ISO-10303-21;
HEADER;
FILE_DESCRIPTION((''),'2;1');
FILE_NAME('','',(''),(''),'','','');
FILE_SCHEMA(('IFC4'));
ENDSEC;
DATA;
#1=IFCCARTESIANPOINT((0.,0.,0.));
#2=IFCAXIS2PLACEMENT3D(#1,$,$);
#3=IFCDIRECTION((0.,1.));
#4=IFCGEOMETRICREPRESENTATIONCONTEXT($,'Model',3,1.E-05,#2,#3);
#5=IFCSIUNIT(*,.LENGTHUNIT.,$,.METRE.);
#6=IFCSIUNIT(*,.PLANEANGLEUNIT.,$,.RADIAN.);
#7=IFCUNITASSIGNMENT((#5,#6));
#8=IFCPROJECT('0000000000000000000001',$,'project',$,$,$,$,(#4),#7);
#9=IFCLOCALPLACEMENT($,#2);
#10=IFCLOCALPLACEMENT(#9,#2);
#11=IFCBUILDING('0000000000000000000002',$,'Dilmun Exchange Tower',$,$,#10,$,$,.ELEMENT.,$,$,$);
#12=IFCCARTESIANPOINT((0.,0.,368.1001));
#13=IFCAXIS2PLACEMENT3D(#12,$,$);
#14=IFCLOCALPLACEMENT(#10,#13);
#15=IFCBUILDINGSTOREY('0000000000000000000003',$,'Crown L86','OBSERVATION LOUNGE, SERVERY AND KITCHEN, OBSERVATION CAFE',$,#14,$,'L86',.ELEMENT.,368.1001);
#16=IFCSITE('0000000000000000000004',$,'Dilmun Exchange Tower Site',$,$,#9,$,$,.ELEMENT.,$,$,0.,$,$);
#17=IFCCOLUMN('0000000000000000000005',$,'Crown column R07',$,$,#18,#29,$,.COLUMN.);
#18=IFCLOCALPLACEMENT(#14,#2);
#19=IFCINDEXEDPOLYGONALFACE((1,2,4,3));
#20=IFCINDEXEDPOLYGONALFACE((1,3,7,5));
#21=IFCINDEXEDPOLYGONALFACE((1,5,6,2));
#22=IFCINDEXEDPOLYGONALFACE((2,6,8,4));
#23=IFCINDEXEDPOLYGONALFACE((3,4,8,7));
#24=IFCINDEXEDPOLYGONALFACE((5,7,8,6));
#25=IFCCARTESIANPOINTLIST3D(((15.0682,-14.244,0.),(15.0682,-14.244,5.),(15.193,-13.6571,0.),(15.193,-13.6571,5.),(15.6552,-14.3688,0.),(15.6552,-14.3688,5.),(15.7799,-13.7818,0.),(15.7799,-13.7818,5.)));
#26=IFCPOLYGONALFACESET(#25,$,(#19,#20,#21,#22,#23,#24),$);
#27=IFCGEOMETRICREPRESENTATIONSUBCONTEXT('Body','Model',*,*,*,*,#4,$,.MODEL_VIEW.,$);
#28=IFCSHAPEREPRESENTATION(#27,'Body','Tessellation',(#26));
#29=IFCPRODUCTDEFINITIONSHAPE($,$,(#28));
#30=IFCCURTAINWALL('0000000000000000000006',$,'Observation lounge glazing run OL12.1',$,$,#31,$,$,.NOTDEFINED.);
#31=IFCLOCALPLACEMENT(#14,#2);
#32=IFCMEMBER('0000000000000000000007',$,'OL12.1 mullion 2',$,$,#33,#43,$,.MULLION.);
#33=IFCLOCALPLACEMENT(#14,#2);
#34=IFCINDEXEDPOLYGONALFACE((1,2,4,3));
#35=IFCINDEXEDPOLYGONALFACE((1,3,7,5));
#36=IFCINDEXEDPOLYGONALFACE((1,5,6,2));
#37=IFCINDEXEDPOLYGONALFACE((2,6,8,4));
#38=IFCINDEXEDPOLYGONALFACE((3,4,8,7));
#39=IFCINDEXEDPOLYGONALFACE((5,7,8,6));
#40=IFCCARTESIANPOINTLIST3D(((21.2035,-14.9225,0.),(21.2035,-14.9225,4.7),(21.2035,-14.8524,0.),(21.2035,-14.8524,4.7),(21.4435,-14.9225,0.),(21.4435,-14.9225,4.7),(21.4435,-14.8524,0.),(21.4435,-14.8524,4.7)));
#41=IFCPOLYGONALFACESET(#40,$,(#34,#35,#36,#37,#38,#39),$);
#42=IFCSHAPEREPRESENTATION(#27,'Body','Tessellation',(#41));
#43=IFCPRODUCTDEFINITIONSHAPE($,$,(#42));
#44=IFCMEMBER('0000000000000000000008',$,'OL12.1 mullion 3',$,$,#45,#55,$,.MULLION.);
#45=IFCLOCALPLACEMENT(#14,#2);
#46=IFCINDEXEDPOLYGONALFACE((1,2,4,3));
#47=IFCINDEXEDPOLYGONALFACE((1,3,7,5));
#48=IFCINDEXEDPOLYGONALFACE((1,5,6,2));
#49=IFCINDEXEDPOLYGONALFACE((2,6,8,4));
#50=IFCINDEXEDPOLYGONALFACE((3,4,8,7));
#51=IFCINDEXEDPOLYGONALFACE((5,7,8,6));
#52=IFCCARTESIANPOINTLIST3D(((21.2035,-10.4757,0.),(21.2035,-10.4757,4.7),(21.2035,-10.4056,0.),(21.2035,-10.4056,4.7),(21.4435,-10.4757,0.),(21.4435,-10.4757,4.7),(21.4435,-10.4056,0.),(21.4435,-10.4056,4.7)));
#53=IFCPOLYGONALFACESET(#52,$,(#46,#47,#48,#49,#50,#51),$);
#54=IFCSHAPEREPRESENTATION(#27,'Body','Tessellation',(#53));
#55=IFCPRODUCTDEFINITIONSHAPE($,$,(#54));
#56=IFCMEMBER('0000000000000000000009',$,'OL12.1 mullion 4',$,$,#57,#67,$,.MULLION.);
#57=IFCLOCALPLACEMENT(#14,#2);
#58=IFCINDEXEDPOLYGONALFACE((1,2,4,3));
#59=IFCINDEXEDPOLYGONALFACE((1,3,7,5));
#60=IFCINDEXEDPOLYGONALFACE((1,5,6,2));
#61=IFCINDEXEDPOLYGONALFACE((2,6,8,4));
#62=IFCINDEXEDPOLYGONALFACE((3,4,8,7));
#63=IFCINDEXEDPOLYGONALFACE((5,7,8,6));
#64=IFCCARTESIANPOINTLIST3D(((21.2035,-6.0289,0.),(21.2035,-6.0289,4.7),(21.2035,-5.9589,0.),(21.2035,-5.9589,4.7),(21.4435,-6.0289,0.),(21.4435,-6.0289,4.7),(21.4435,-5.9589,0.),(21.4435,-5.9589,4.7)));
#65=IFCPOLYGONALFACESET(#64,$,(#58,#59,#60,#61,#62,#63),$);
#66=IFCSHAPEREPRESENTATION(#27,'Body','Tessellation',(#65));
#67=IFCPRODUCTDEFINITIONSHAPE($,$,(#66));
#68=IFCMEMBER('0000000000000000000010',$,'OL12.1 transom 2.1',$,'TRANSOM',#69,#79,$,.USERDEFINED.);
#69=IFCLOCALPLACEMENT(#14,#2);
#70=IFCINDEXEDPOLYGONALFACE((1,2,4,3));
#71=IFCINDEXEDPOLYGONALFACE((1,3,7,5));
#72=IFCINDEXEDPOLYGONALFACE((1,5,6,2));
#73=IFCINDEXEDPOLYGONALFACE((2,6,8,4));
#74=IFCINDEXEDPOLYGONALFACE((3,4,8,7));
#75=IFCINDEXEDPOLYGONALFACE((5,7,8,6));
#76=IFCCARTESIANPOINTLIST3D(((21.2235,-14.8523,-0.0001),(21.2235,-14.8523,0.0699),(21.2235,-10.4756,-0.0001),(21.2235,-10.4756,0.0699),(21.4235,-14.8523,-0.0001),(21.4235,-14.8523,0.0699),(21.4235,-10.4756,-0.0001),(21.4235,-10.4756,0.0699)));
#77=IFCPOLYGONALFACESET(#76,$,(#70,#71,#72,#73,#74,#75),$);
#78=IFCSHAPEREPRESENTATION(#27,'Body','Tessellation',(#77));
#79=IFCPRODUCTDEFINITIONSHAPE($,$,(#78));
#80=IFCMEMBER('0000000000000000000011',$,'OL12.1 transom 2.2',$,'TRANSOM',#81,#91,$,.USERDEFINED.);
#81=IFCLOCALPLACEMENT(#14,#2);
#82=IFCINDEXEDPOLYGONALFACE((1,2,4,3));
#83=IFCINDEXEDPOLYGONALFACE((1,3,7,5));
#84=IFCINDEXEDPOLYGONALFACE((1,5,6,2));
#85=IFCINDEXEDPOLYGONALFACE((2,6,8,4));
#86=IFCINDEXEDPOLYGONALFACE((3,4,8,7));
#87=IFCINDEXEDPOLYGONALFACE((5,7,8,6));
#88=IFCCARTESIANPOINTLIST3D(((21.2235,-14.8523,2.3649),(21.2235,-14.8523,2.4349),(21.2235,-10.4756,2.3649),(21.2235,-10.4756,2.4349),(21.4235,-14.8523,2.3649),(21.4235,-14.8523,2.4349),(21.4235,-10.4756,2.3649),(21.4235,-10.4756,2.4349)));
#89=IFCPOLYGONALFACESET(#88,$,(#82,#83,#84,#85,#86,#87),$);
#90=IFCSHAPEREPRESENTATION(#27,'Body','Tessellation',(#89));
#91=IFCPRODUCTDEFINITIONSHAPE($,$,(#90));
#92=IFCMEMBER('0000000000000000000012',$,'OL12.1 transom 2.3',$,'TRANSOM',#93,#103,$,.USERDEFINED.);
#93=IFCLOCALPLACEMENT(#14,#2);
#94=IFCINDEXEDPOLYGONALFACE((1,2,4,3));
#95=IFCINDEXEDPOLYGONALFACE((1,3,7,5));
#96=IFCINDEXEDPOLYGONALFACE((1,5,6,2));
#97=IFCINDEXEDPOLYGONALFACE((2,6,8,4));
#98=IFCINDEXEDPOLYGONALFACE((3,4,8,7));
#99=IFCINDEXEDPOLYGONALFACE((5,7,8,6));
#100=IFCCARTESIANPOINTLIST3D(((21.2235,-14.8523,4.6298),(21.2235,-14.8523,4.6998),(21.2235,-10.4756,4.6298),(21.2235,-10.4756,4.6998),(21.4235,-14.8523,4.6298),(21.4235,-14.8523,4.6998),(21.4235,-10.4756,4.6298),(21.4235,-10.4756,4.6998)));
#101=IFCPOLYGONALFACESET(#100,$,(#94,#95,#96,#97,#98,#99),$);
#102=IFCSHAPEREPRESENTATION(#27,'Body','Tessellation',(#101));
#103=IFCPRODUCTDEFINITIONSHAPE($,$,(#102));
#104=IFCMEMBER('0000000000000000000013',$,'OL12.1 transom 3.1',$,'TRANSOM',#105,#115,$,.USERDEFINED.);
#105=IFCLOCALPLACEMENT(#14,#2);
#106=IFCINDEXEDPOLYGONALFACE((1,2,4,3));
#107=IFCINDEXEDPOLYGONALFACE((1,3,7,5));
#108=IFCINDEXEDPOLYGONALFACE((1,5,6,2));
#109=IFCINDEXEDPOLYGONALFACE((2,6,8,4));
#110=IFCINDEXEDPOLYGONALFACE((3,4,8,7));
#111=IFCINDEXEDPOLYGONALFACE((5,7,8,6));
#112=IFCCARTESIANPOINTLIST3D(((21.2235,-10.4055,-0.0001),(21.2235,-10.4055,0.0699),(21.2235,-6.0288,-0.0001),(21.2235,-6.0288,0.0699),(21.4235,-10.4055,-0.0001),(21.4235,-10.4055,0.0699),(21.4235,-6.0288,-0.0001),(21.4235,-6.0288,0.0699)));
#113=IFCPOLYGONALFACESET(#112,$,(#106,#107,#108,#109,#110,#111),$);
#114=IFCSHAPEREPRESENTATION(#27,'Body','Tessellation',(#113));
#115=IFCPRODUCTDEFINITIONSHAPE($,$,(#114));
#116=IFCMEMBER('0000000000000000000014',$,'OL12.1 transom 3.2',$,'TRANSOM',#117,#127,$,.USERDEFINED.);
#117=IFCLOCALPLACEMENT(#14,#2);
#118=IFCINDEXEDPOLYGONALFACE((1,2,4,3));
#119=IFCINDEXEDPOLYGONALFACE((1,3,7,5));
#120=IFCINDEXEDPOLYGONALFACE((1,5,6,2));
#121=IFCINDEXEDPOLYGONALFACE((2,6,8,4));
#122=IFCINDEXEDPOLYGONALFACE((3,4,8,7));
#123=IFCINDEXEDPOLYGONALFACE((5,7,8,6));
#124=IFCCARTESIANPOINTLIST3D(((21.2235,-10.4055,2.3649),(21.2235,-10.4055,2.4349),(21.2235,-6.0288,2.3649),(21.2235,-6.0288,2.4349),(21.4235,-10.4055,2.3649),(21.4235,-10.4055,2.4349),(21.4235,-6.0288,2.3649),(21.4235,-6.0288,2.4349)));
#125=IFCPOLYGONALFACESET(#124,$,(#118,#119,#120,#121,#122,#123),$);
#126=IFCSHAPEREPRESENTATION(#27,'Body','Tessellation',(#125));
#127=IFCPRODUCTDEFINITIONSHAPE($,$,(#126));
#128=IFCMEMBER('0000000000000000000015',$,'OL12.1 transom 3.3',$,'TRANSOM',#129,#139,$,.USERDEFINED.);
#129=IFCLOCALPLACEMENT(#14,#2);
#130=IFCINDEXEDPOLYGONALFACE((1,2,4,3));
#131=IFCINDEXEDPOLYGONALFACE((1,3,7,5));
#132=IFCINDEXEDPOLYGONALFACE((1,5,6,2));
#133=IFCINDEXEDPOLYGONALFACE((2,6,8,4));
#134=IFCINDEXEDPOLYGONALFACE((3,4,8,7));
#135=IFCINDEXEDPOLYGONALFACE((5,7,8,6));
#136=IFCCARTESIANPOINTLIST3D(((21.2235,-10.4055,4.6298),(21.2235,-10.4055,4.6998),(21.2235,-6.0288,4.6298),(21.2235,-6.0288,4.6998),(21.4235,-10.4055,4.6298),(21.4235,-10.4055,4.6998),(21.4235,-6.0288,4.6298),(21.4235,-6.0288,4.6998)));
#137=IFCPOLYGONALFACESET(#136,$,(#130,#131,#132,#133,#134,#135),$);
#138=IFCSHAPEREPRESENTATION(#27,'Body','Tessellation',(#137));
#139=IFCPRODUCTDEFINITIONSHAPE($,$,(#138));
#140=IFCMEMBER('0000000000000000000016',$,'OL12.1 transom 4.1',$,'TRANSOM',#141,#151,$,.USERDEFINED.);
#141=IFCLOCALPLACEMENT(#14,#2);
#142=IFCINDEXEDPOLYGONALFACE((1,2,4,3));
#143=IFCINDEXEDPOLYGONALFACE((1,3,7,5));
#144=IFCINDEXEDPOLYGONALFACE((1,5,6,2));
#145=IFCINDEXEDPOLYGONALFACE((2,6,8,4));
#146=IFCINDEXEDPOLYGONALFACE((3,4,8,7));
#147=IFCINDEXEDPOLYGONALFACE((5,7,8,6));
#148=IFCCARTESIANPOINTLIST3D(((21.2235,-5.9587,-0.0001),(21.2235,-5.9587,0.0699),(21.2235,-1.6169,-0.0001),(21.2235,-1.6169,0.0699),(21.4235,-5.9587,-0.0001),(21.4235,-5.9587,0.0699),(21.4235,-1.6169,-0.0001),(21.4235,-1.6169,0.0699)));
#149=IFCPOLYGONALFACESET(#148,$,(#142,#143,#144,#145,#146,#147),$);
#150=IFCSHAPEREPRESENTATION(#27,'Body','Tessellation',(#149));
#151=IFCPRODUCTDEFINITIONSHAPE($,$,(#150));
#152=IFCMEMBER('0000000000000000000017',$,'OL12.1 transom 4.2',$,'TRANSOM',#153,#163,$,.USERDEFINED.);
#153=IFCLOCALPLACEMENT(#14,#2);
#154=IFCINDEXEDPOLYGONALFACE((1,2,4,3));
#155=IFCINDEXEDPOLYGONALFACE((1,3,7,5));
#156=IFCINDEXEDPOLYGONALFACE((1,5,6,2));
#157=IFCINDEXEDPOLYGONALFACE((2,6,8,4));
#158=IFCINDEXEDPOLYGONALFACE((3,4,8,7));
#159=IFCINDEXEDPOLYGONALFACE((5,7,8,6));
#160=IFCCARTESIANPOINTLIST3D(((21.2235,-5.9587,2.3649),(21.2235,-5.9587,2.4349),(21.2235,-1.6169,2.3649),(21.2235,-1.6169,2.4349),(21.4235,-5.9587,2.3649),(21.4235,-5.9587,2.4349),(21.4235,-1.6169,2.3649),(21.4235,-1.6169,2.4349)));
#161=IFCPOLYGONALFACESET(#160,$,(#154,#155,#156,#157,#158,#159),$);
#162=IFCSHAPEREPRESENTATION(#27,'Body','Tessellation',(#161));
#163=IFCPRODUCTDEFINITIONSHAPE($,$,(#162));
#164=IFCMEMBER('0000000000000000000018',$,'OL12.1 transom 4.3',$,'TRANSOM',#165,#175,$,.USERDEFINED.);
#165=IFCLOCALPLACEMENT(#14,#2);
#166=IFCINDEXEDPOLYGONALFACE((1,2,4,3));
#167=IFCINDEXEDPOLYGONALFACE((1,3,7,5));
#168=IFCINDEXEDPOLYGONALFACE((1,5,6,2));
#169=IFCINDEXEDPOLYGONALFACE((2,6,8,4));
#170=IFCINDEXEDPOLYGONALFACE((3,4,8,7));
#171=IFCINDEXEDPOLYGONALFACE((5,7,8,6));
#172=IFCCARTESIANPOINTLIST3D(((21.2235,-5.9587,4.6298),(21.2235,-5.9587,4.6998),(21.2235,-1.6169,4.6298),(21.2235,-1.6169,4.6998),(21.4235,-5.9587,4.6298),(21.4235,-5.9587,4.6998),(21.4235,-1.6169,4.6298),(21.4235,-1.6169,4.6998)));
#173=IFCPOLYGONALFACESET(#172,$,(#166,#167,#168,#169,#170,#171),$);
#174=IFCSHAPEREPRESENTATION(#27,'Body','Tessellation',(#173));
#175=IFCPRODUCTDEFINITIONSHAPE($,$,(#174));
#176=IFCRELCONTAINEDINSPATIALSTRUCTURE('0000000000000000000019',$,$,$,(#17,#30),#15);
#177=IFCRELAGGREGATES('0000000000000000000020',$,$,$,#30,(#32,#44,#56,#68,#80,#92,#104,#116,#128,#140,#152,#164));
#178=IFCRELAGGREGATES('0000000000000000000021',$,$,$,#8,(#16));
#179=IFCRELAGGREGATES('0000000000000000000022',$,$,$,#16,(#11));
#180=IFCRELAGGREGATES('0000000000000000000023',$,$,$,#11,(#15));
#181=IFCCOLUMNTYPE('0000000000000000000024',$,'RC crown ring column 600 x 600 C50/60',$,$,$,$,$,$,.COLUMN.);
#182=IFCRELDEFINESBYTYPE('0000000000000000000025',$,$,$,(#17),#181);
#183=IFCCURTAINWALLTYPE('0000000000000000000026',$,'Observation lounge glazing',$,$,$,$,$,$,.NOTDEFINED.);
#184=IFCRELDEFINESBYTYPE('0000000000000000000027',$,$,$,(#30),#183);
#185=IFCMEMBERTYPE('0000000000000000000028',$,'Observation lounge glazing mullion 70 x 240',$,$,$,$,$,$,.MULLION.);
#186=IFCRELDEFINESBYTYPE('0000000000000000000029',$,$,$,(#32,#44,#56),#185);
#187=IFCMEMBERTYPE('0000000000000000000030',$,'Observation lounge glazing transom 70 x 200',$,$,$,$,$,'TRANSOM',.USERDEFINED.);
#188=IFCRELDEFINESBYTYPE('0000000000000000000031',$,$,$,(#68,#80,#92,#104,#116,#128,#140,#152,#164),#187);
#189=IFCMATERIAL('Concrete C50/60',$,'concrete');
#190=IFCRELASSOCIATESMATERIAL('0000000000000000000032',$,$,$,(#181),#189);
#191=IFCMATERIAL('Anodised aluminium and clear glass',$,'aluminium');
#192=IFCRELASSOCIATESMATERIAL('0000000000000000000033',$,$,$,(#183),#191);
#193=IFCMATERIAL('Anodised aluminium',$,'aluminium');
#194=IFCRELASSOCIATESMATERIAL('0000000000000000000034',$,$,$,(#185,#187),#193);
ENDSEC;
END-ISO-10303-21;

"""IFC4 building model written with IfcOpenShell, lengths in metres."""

from ifc_helpers import new_model, si_unit, direction, frame, origin, origin_2d, place, context, subcontext, project, spatial, rectangle, extrude, material, material_profile, profile_set, type_object, element, aggregate, save


model = new_model("IFC4")

# Units and contexts
model_context = context("Model", 3, precision=1e-05, world=origin(), true_north=direction((0.0, 1.0)))
body_context = subcontext(model_context, "Body", "Model", "MODEL_VIEW")
ifc_project = project(units=[si_unit("LENGTHUNIT", "METRE"), si_unit("PLANEANGLEUNIT", "RADIAN")], contexts=[model_context])

# Site, building, storey
site_placement = place(None, origin())
site = spatial("IfcSite", under=ifc_project, at=site_placement, Name="Dilmun Exchange Tower Site", CompositionType="ELEMENT", RefElevation=0.0)
building_placement = place(site_placement, origin())
building = spatial("IfcBuilding", under=site, at=building_placement, Name="Dilmun Exchange Tower", CompositionType="ELEMENT")
storey_placement = place(building_placement, frame((0.0, 0.0, 368.1001)))
storey = spatial("IfcBuildingStorey", under=building, at=storey_placement, Name="Crown L86", Description="OBSERVATION LOUNGE, SERVERY AND KITCHEN, OBSERVATION CAFE", LongName="L86", CompositionType="ELEMENT", Elevation=368.1001)

# Column
ifc_material_1 = material(Name="Concrete C50/60", Category="concrete")
ifc_material_profile_1 = material_profile(ifc_material_1, rectangle(XDim=0.6001, YDim=0.6001, at=origin_2d()), Name="600 x 600")
ifc_profile_set_1 = profile_set([ifc_material_profile_1], Name="Concrete C50/60")
column_type = type_object("IfcColumnType", Name="RC crown ring column 600 x 600 C50/60", PredefinedType="COLUMN", material=ifc_profile_set_1)
column_placement = place(storey_placement, frame((15.4241, -14.0129, 0.0), z_axis=(0.0, 0.0, 1.0), x_axis=(0.207912, 0.978148, 0.0)))
element("IfcColumn", 1, at=column_placement, inside=storey, type_object=column_type, Name="Crown column R07", PredefinedType="COLUMN", context=body_context, shape_type="SweptSolid", body=[
    extrude(rectangle(XDim=0.6001, YDim=0.6001, at=origin_2d()), origin(), (0.0, 0.0, 1.0), 5.0),
])

# Curtain wall, members
ifc_material_2 = material(Name="Anodised aluminium and clear glass", Category="aluminium")
curtain_wall_type = type_object("IfcCurtainWallType", Name="Observation lounge glazing", PredefinedType="NOTDEFINED", material=ifc_material_2)
curtain_wall_placement = place(storey_placement, origin())
curtain_wall = element("IfcCurtainWall", 2, at=curtain_wall_placement, inside=storey, type_object=curtain_wall_type, Name="Observation lounge glazing run OL12.1", PredefinedType="NOTDEFINED")
ifc_material_3 = material(Name="Anodised aluminium", Category="aluminium")
ifc_material_profile_2 = material_profile(ifc_material_3, rectangle(XDim=0.24, YDim=0.0701, at=origin_2d()), Name="AL 70x240")
ifc_profile_set_2 = profile_set([ifc_material_profile_2], Name="Anodised aluminium")
member_type_1 = type_object("IfcMemberType", Name="Observation lounge glazing mullion 70 x 240", PredefinedType="MULLION", material=ifc_profile_set_2)
member_1_placement = place(storey_placement, frame((21.3235, -14.8875, 0.0), z_axis=(0.0, 0.0, 1.0), x_axis=(-1.0, 0.0, 0.0)))
member_1 = element("IfcMember", 3, at=member_1_placement, type_object=member_type_1, Name="OL12.1 mullion 2", PredefinedType="MULLION", context=body_context, shape_type="SweptSolid", body=[
    extrude(rectangle(XDim=0.24, YDim=0.0701, at=origin_2d()), origin(), (0.0, 0.0, 1.0), 4.7),
])
member_2_placement = place(storey_placement, frame((21.3235, -10.4407, 0.0), z_axis=(0.0, 0.0, 1.0), x_axis=(-1.0, 0.0, 0.0)))
member_2 = element("IfcMember", 4, at=member_2_placement, type_object=member_type_1, Name="OL12.1 mullion 3", PredefinedType="MULLION", context=body_context, shape_type="SweptSolid", body=[
    extrude(rectangle(XDim=0.24, YDim=0.0701, at=origin_2d()), origin(), (0.0, 0.0, 1.0), 4.7),
])
member_3_placement = place(storey_placement, frame((21.3235, -5.9939, 0.0), z_axis=(0.0, 0.0, 1.0), x_axis=(-1.0, 0.0, 0.0)))
member_3 = element("IfcMember", 5, at=member_3_placement, type_object=member_type_1, Name="OL12.1 mullion 4", PredefinedType="MULLION", context=body_context, shape_type="SweptSolid", body=[
    extrude(rectangle(XDim=0.24, YDim=0.0701, at=origin_2d()), origin(), (0.0, 0.0, 1.0), 4.7),
])
ifc_material_profile_3 = material_profile(ifc_material_3, rectangle(XDim=0.2, YDim=0.0701, at=origin_2d()), Name="AL 70x200")
ifc_profile_set_3 = profile_set([ifc_material_profile_3], Name="Anodised aluminium")
member_type_2 = type_object("IfcMemberType", Name="Observation lounge glazing transom 70 x 200", ElementType="TRANSOM", PredefinedType="USERDEFINED", material=ifc_profile_set_3)
member_4_placement = place(storey_placement, frame((21.3235, -14.8523, 0.0349), z_axis=(0.0, 1.0, 0.0), x_axis=(-1.0, 0.0, 0.0)))
member_4 = element("IfcMember", 6, at=member_4_placement, type_object=member_type_2, Name="OL12.1 transom 2.1", ObjectType="TRANSOM", PredefinedType="USERDEFINED", context=body_context, shape_type="SweptSolid", body=[
    extrude(rectangle(XDim=0.2, YDim=0.0701, at=origin_2d()), origin(), (0.0, 0.0, 1.0), 4.3767),
])
member_5_placement = place(storey_placement, frame((21.3235, -14.8523, 2.3999), z_axis=(0.0, 1.0, 0.0), x_axis=(-1.0, 0.0, 0.0)))
member_5 = element("IfcMember", 7, at=member_5_placement, type_object=member_type_2, Name="OL12.1 transom 2.2", ObjectType="TRANSOM", PredefinedType="USERDEFINED", context=body_context, shape_type="SweptSolid", body=[
    extrude(rectangle(XDim=0.2, YDim=0.0701, at=origin_2d()), origin(), (0.0, 0.0, 1.0), 4.3767),
])
member_6_placement = place(storey_placement, frame((21.3235, -14.8523, 4.6648), z_axis=(0.0, 1.0, 0.0), x_axis=(-1.0, 0.0, 0.0)))
member_6 = element("IfcMember", 8, at=member_6_placement, type_object=member_type_2, Name="OL12.1 transom 2.3", ObjectType="TRANSOM", PredefinedType="USERDEFINED", context=body_context, shape_type="SweptSolid", body=[
    extrude(rectangle(XDim=0.2, YDim=0.0701, at=origin_2d()), origin(), (0.0, 0.0, 1.0), 4.3767),
])
member_7_placement = place(storey_placement, frame((21.3235, -10.4055, 0.0349), z_axis=(0.0, 1.0, 0.0), x_axis=(-1.0, 0.0, 0.0)))
member_7 = element("IfcMember", 9, at=member_7_placement, type_object=member_type_2, Name="OL12.1 transom 3.1", ObjectType="TRANSOM", PredefinedType="USERDEFINED", context=body_context, shape_type="SweptSolid", body=[
    extrude(rectangle(XDim=0.2, YDim=0.0701, at=origin_2d()), origin(), (0.0, 0.0, 1.0), 4.3767),
])
member_8_placement = place(storey_placement, frame((21.3235, -10.4055, 2.3999), z_axis=(0.0, 1.0, 0.0), x_axis=(-1.0, 0.0, 0.0)))
member_8 = element("IfcMember", 10, at=member_8_placement, type_object=member_type_2, Name="OL12.1 transom 3.2", ObjectType="TRANSOM", PredefinedType="USERDEFINED", context=body_context, shape_type="SweptSolid", body=[
    extrude(rectangle(XDim=0.2, YDim=0.0701, at=origin_2d()), origin(), (0.0, 0.0, 1.0), 4.3767),
])
member_9_placement = place(storey_placement, frame((21.3235, -10.4055, 4.6648), z_axis=(0.0, 1.0, 0.0), x_axis=(-1.0, 0.0, 0.0)))
member_9 = element("IfcMember", 11, at=member_9_placement, type_object=member_type_2, Name="OL12.1 transom 3.3", ObjectType="TRANSOM", PredefinedType="USERDEFINED", context=body_context, shape_type="SweptSolid", body=[
    extrude(rectangle(XDim=0.2, YDim=0.0701, at=origin_2d()), origin(), (0.0, 0.0, 1.0), 4.3767),
])
member_10_placement = place(storey_placement, frame((21.3235, -5.9587, 0.0349), z_axis=(0.0, 1.0, 0.0), x_axis=(-1.0, 0.0, 0.0)))
member_10 = element("IfcMember", 12, at=member_10_placement, type_object=member_type_2, Name="OL12.1 transom 4.1", ObjectType="TRANSOM", PredefinedType="USERDEFINED", context=body_context, shape_type="SweptSolid", body=[
    extrude(rectangle(XDim=0.2, YDim=0.0701, at=origin_2d()), origin(), (0.0, 0.0, 1.0), 4.3418),
])
member_11_placement = place(storey_placement, frame((21.3235, -5.9587, 2.3999), z_axis=(0.0, 1.0, 0.0), x_axis=(-1.0, 0.0, 0.0)))
member_11 = element("IfcMember", 13, at=member_11_placement, type_object=member_type_2, Name="OL12.1 transom 4.2", ObjectType="TRANSOM", PredefinedType="USERDEFINED", context=body_context, shape_type="SweptSolid", body=[
    extrude(rectangle(XDim=0.2, YDim=0.0701, at=origin_2d()), origin(), (0.0, 0.0, 1.0), 4.3418),
])
member_12_placement = place(storey_placement, frame((21.3235, -5.9587, 4.6648), z_axis=(0.0, 1.0, 0.0), x_axis=(-1.0, 0.0, 0.0)))
member_12 = element("IfcMember", 14, at=member_12_placement, type_object=member_type_2, Name="OL12.1 transom 4.3", ObjectType="TRANSOM", PredefinedType="USERDEFINED", context=body_context, shape_type="SweptSolid", body=[
    extrude(rectangle(XDim=0.2, YDim=0.0701, at=origin_2d()), origin(), (0.0, 0.0, 1.0), 4.3418),
])

aggregate(curtain_wall, [member_1, member_2, member_3, member_4, member_5, member_6, member_7, member_8, member_9, member_10, member_11, member_12])

save(model, "model.ifc")
